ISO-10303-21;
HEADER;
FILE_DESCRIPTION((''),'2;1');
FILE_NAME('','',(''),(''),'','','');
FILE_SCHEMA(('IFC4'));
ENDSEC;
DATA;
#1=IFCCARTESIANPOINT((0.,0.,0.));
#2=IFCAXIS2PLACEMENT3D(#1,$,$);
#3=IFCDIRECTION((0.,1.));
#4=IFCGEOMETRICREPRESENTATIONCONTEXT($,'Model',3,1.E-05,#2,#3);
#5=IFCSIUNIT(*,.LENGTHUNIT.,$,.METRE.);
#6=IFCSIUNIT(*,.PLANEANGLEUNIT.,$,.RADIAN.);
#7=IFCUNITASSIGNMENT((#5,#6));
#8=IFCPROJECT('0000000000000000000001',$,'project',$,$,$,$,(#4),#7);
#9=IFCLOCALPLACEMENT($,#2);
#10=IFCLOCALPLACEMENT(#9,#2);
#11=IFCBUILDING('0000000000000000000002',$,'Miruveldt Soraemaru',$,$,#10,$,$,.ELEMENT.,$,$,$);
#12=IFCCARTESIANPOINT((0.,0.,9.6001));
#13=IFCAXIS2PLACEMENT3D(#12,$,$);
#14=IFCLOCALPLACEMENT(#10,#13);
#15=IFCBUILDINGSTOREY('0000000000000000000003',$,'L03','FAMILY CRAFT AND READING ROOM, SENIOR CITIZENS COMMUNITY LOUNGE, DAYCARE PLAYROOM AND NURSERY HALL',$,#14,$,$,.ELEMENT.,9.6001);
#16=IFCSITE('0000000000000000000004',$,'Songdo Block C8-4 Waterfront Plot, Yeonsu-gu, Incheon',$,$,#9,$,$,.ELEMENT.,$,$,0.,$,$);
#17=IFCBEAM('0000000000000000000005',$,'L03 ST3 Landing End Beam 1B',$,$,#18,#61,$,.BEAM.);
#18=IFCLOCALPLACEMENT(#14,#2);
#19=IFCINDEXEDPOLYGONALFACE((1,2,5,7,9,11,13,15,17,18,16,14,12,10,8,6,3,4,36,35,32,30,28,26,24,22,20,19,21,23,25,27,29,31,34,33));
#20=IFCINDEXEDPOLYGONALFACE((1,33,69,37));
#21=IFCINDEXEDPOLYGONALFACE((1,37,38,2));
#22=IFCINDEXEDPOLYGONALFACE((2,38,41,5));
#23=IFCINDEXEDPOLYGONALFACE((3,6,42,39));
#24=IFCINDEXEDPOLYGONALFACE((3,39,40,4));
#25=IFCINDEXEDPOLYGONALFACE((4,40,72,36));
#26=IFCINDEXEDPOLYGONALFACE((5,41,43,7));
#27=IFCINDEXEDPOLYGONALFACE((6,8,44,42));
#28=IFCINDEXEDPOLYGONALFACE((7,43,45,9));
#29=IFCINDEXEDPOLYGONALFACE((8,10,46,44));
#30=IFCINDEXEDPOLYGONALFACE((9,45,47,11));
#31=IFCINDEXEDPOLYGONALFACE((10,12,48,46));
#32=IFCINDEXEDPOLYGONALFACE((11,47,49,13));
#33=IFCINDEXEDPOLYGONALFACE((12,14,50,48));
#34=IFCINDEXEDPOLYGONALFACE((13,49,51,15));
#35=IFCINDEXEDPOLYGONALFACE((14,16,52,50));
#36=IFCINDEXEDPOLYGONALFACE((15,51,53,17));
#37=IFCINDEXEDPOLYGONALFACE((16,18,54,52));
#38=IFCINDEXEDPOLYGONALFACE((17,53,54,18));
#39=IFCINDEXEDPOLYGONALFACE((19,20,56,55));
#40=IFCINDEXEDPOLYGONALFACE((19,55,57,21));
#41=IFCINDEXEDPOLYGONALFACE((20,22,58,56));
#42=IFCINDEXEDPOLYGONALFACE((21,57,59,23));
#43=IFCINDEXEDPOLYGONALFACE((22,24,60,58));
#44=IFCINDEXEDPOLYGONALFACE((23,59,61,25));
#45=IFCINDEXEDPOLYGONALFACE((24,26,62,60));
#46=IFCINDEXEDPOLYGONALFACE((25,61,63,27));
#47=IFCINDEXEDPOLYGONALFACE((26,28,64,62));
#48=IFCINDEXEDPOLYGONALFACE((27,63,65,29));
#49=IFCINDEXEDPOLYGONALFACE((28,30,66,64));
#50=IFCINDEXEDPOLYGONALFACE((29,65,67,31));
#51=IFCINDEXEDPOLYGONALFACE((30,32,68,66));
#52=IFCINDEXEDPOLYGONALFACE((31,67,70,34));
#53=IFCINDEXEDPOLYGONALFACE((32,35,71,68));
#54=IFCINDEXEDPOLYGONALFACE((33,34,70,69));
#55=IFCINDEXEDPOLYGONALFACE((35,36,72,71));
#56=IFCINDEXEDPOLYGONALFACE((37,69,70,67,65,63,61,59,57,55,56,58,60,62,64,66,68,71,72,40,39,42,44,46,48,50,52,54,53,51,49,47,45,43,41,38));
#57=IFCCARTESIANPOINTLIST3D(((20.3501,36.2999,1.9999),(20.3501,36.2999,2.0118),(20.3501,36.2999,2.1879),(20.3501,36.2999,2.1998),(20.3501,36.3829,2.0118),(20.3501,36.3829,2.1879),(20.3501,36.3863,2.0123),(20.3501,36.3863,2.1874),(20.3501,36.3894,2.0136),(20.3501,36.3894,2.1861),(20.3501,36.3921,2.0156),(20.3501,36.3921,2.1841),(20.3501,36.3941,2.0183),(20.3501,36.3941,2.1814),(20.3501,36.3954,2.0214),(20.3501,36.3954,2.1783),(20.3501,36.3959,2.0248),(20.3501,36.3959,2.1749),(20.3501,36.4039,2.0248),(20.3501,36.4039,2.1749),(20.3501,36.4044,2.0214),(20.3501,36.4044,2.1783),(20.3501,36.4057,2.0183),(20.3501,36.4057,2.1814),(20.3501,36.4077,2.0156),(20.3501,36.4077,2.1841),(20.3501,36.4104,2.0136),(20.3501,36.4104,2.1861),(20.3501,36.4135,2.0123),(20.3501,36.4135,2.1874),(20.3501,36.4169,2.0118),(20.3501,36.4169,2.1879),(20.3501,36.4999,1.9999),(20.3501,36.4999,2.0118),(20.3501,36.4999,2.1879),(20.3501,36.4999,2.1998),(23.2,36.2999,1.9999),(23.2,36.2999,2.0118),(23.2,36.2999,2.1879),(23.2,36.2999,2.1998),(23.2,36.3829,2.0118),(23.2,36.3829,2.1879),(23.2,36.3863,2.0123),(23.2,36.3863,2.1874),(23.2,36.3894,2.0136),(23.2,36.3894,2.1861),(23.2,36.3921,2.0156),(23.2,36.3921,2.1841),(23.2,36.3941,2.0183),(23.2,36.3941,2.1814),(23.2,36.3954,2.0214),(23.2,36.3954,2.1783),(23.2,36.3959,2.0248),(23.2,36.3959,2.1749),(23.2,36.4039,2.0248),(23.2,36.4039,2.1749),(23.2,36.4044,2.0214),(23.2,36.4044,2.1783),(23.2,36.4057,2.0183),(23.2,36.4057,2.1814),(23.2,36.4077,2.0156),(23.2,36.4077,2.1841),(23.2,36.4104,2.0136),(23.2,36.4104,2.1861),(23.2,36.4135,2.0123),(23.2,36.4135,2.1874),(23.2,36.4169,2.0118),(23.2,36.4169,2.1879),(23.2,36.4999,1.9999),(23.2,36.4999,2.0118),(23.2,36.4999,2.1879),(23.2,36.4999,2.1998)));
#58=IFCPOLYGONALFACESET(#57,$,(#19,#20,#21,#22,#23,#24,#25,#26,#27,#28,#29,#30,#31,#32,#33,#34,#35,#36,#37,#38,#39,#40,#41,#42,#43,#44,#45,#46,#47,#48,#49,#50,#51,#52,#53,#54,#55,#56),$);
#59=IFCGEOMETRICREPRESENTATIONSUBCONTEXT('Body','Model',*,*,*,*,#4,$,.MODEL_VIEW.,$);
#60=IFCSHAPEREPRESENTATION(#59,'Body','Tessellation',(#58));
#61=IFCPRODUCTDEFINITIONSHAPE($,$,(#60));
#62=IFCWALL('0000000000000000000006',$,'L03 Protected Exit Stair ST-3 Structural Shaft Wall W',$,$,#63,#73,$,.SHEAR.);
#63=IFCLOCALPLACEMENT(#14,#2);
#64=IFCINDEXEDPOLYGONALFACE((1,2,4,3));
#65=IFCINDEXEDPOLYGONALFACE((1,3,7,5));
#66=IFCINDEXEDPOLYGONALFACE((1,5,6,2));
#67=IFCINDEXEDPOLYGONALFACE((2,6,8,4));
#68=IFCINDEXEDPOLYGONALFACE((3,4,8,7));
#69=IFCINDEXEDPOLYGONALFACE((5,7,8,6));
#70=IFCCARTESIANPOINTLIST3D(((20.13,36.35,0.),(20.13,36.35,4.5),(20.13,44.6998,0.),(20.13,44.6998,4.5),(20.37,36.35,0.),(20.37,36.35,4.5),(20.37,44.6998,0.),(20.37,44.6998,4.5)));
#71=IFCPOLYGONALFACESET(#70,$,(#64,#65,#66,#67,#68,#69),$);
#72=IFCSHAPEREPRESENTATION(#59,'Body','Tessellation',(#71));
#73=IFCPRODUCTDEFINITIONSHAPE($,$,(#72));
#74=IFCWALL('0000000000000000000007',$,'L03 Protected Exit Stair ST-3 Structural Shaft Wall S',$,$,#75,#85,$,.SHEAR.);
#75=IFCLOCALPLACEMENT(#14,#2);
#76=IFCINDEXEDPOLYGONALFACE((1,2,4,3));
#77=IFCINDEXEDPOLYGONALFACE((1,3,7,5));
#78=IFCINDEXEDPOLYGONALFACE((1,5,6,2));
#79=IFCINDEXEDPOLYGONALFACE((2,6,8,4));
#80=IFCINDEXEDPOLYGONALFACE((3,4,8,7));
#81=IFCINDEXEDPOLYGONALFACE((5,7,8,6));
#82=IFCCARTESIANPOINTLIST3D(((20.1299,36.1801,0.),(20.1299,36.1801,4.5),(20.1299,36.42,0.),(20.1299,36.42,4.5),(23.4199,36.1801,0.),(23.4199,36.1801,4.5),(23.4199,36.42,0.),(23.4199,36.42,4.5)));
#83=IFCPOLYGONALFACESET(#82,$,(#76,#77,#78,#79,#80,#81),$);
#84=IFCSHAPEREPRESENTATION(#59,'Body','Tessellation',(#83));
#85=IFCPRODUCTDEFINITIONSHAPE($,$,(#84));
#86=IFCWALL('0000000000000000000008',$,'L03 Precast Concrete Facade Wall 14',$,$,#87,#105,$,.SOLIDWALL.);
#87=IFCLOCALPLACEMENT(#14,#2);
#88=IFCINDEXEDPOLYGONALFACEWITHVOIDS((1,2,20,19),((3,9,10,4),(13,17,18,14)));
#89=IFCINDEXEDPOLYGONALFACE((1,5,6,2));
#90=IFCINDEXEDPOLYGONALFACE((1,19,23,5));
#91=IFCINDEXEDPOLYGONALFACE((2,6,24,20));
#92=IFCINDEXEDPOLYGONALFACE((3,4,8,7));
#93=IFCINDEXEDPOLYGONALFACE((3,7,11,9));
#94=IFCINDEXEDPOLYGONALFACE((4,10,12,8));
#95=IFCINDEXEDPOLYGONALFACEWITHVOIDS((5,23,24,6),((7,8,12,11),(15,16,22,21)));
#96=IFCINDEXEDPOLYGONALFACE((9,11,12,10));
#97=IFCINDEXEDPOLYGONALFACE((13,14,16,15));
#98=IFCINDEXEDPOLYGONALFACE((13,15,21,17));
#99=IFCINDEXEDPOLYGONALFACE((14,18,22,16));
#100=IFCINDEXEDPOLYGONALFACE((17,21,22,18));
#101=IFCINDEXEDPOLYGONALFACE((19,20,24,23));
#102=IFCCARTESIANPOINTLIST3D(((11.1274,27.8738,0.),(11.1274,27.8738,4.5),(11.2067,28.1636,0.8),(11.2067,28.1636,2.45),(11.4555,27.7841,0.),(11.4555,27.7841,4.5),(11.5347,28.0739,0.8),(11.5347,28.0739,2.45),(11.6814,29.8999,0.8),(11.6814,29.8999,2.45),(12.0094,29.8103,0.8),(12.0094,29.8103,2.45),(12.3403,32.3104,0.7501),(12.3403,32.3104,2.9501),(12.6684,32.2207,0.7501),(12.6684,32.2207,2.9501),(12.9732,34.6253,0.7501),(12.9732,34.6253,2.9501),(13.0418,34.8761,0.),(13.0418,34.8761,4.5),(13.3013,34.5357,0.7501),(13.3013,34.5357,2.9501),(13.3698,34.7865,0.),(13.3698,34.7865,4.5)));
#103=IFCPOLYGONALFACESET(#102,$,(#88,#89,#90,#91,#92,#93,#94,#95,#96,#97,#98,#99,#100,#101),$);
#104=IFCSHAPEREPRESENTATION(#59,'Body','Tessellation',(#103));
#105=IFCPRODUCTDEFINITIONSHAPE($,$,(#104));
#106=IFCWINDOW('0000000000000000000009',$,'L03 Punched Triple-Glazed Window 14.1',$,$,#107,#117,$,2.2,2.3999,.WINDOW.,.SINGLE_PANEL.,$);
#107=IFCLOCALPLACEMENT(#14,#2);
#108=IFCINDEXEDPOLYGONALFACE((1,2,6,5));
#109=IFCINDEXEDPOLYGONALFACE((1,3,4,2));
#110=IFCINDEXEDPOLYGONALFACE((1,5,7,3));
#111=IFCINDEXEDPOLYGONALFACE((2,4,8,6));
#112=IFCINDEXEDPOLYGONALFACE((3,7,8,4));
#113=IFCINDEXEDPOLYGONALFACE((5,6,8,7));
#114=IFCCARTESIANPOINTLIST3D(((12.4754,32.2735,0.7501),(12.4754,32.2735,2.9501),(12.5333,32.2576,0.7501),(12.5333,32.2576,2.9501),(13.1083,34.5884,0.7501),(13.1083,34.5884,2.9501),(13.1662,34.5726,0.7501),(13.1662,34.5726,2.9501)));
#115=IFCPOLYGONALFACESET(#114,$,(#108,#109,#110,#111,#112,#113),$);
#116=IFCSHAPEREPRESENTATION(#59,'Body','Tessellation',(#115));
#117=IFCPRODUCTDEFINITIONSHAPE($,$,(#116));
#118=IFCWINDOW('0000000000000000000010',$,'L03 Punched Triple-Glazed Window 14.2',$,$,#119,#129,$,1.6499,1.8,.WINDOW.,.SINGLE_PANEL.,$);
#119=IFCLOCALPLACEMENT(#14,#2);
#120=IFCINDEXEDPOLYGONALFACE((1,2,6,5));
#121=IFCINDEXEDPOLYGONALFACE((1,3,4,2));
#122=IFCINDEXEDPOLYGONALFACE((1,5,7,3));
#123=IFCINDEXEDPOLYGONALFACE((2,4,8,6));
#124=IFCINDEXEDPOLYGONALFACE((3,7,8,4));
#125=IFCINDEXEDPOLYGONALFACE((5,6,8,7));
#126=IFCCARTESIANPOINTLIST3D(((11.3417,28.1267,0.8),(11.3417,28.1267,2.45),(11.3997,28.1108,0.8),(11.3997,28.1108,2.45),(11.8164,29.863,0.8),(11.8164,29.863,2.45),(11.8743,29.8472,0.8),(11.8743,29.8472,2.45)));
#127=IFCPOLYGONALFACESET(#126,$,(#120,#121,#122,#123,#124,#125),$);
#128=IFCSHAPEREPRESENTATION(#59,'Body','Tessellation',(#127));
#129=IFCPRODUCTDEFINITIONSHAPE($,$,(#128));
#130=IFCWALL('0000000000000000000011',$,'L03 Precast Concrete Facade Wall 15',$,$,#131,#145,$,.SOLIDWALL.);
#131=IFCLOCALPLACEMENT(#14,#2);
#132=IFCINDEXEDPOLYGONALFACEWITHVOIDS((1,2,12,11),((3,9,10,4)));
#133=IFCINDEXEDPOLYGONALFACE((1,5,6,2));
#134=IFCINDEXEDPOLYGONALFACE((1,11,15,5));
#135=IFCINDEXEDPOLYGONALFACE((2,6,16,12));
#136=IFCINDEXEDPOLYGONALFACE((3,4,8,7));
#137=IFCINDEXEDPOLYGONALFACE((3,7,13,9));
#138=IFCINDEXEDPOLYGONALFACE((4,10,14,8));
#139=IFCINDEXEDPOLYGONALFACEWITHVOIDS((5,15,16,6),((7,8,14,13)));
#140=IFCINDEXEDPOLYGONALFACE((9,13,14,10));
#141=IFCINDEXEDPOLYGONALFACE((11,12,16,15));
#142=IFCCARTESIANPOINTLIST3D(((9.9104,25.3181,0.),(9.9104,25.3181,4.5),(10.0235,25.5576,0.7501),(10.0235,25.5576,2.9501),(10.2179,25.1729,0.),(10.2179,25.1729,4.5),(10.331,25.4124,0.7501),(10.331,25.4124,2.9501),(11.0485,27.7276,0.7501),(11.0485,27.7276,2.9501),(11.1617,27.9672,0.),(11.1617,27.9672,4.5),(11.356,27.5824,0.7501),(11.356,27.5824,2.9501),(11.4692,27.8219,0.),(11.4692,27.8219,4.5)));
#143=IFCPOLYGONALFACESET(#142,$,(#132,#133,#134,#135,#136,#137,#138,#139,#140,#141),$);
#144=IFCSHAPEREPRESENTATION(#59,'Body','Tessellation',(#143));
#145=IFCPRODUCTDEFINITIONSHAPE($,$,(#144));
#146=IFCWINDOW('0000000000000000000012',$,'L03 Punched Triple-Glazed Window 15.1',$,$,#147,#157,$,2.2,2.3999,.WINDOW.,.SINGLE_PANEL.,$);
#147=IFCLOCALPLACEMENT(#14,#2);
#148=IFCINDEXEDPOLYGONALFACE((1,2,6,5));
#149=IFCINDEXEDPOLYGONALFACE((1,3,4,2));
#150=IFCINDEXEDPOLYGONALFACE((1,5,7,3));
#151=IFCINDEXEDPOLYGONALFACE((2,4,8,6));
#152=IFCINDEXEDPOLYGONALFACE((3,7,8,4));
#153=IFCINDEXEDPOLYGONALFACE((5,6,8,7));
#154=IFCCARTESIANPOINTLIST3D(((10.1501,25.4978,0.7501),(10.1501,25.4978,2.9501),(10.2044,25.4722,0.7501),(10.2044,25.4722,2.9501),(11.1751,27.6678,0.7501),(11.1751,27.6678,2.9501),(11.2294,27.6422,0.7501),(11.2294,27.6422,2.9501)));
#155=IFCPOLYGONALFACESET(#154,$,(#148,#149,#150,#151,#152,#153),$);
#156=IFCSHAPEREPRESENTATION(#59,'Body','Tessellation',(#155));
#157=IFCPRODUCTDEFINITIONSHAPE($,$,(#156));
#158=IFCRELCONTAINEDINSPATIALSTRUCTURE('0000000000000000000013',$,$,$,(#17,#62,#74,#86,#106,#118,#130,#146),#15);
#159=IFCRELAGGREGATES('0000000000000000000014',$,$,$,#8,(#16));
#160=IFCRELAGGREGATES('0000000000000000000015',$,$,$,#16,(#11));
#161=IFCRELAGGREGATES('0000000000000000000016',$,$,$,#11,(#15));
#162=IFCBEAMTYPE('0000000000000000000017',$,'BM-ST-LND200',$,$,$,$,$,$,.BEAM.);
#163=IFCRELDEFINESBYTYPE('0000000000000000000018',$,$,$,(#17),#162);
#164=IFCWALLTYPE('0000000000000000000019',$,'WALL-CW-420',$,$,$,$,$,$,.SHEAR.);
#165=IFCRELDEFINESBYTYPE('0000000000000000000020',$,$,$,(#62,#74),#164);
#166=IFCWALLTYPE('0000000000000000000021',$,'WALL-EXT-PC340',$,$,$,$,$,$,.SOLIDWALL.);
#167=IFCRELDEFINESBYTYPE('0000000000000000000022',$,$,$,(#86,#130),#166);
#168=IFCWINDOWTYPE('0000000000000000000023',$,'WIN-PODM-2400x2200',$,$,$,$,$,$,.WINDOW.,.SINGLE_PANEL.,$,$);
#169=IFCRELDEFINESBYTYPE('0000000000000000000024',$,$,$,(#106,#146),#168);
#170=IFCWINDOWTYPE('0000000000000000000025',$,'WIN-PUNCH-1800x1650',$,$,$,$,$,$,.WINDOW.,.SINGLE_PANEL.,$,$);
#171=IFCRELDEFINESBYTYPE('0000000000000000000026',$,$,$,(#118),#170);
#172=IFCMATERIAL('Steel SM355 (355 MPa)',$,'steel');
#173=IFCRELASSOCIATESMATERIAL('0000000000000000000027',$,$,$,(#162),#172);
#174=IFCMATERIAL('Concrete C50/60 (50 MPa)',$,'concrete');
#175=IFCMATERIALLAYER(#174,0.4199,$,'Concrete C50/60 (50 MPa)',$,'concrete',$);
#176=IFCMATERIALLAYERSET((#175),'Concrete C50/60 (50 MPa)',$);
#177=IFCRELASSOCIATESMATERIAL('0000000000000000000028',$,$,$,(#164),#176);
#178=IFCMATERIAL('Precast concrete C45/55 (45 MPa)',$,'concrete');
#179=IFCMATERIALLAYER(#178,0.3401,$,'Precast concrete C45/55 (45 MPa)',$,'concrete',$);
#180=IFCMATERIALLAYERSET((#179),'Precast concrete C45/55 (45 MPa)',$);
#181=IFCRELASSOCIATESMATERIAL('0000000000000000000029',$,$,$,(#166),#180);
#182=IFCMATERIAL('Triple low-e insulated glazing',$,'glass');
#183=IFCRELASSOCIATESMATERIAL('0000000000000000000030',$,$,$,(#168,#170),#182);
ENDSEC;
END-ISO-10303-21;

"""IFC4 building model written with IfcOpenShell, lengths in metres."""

from ifc_helpers import new_model, si_unit, direction, frame, frame_2d, origin, origin_2d, place, context, subcontext, project, spatial, rectangle, i_section, extrude, material, layer, layer_set, material_profile, profile_set, type_object, element, fill, save


model = new_model("IFC4")

# Units and contexts
model_context = context("Model", 3, precision=1e-05, world=origin(), true_north=direction((0.0, 1.0)))
body_context = subcontext(model_context, "Body", "Model", "MODEL_VIEW")
ifc_project = project(units=[si_unit("LENGTHUNIT", "METRE"), si_unit("PLANEANGLEUNIT", "RADIAN")], contexts=[model_context])

# Site, building, storey
site_placement = place(None, origin())
site = spatial("IfcSite", under=ifc_project, at=site_placement, Name="Songdo Block C8-4 Waterfront Plot, Yeonsu-gu, Incheon", CompositionType="ELEMENT", RefElevation=0.0)
building_placement = place(site_placement, origin())
building = spatial("IfcBuilding", under=site, at=building_placement, Name="Miruveldt Soraemaru", CompositionType="ELEMENT")
storey_placement = place(building_placement, frame((0.0, 0.0, 9.6001)))
storey = spatial("IfcBuildingStorey", under=building, at=storey_placement, Name="L03", Description="FAMILY CRAFT AND READING ROOM, SENIOR CITIZENS COMMUNITY LOUNGE, DAYCARE PLAYROOM AND NURSERY HALL", CompositionType="ELEMENT", Elevation=9.6001)

# Shared definitions
ifc_material_1 = material(Name="Concrete C50/60 (50 MPa)", Category="concrete")

# Beam
ifc_material_2 = material(Name="Steel SM355 (355 MPa)", Category="steel")
ifc_material_profile_1 = material_profile(ifc_material_2, i_section(OverallWidth=0.2, OverallDepth=0.2, WebThickness=0.0081, FlangeThickness=0.012, FilletRadius=0.0129, at=origin_2d()), Name="Steel SM355 (355 MPa)", Category="steel")
ifc_profile_set_1 = profile_set([ifc_material_profile_1], Name="Steel SM355 (355 MPa)")
beam_type_1 = type_object("IfcBeamType", Name="BM-ST-LND200", PredefinedType="BEAM", material=ifc_profile_set_1)
beam_1_placement = place(storey_placement, frame((20.3501, 36.3999, 2.0999), z_axis=(1.0, 0.0, 0.0), x_axis=(0.0, 1.0, 0.0)))
element("IfcBeam", 1, at=beam_1_placement, inside=storey, type_object=beam_type_1, Name="L03 ST3 Landing End Beam 1B", PredefinedType="BEAM", context=body_context, shape_type="SweptSolid", body=[
    extrude(i_section(OverallWidth=0.2, OverallDepth=0.2, WebThickness=0.0081, FlangeThickness=0.012, FilletRadius=0.0129, at=origin_2d()), origin(), (0.0, 0.0, 1.0), 2.8499),
])

# Walls
ifc_layer_1 = layer(ifc_material_1, 0.4199, Name="Concrete C50/60 (50 MPa)", Category="concrete")
ifc_layer_set_1 = layer_set([ifc_layer_1], Name="Concrete C50/60 (50 MPa)")
wall_type_1 = type_object("IfcWallType", Name="WALL-CW-420", PredefinedType="SHEAR", material=ifc_layer_set_1)
wall_1_placement = place(storey_placement, frame((20.25, 36.3501, 0.0), z_axis=(0.0, 0.0, 1.0), x_axis=(0.0, 1.0, 0.0)))
element("IfcWall", 2, at=wall_1_placement, inside=storey, type_object=wall_type_1, Name="L03 Protected Exit Stair ST-3 Structural Shaft Wall W", PredefinedType="SHEAR", context=body_context, shape_type="SweptSolid", body=[
    extrude(rectangle(XDim=8.3499, YDim=0.24, at=frame_2d((4.1748, 0.0))), origin(), (0.0, 0.0, 1.0), 4.5),
])
wall_2_placement = place(storey_placement, frame((20.1299, 36.3, 0.0), z_axis=(0.0, 0.0, 1.0), x_axis=(1.0, 0.0, 0.0)))
element("IfcWall", 3, at=wall_2_placement, inside=storey, type_object=wall_type_1, Name="L03 Protected Exit Stair ST-3 Structural Shaft Wall S", PredefinedType="SHEAR", context=body_context, shape_type="SweptSolid", body=[
    extrude(rectangle(XDim=3.29, YDim=0.24, at=frame_2d((1.645, 0.0))), origin(), (0.0, 0.0, 1.0), 4.5),
])

# Wall, openings, windows
ifc_material_3 = material(Name="Precast concrete C45/55 (45 MPa)", Category="concrete")
ifc_layer_2 = layer(ifc_material_3, 0.3401, Name="Precast concrete C45/55 (45 MPa)", Category="concrete")
ifc_layer_set_2 = layer_set([ifc_layer_2], Name="Precast concrete C45/55 (45 MPa)")
wall_type_2 = type_object("IfcWallType", Name="WALL-EXT-PC340", PredefinedType="SOLIDWALL", material=ifc_layer_set_2)
wall_3_placement = place(storey_placement, frame((13.2058, 34.8313, 0.0), z_axis=(0.0, 0.0, 1.0), x_axis=(-0.263709, -0.964602, 0.0)))
wall_3 = element("IfcWall", 4, at=wall_3_placement, inside=storey, type_object=wall_type_2, Name="L03 Precast Concrete Facade Wall 14", PredefinedType="SOLIDWALL", context=body_context, shape_type="SweptSolid", body=[
    extrude(rectangle(XDim=7.2593, YDim=0.3401, at=frame_2d((3.6296, 0.0))), origin(), (0.0, 0.0, 1.0), 4.5),
])
opening_1_placement = place(wall_3_placement, frame((0.26, 0.0, 0.75)))
opening_1 = element("IfcOpeningElement", 5, at=opening_1_placement, cuts=wall_3, PredefinedType="OPENING", context=body_context, shape_type="SweptSolid", body=[
    extrude(rectangle(XDim=2.3999, YDim=2.2, at=frame_2d((1.2, 1.1001))), frame((0.0, 0.1802, 0.0), z_axis=(0.0, -1.0, 0.0), x_axis=(1.0, 0.0, 0.0)), (0.0, 0.0, 1.0), 0.3601),
])
opening_2_placement = place(wall_3_placement, frame((5.1589, 0.0, 0.8)))
opening_2 = element("IfcOpeningElement", 6, at=opening_2_placement, cuts=wall_3, PredefinedType="OPENING", context=body_context, shape_type="SweptSolid", body=[
    extrude(rectangle(XDim=1.8, YDim=1.6499, at=frame_2d((0.8999, 0.825))), frame((0.0, 0.1802, 0.0), z_axis=(0.0, -1.0, 0.0), x_axis=(1.0, 0.0, 0.0)), (0.0, 0.0, 1.0), 0.3601),
])
ifc_material_4 = material(Name="Triple low-e insulated glazing", Category="glass")
window_type_1 = type_object("IfcWindowType", Name="WIN-PODM-2400x2200", PartitioningType="SINGLE_PANEL", PredefinedType="WINDOW", material=ifc_material_4)
window_1_placement = place(opening_1_placement, origin())
window_1 = element("IfcWindow", 7, at=window_1_placement, inside=storey, type_object=window_type_1, Name="L03 Punched Triple-Glazed Window 14.1", OverallHeight=2.2, OverallWidth=2.3999, PartitioningType="SINGLE_PANEL", PredefinedType="WINDOW", context=body_context, shape_type="SweptSolid", body=[
    extrude(rectangle(XDim=2.3999, YDim=2.2, at=frame_2d((1.2, 1.1001))), frame((0.0, 0.03, 0.0), z_axis=(0.0, -1.0, 0.0), x_axis=(1.0, 0.0, 0.0)), (0.0, 0.0, 1.0), 0.0601),
])
fill(opening_1, window_1)
window_type_2 = type_object("IfcWindowType", Name="WIN-PUNCH-1800x1650", PartitioningType="SINGLE_PANEL", PredefinedType="WINDOW", material=ifc_material_4)
window_2_placement = place(opening_2_placement, origin())
window_2 = element("IfcWindow", 8, at=window_2_placement, inside=storey, type_object=window_type_2, Name="L03 Punched Triple-Glazed Window 14.2", OverallHeight=1.6499, OverallWidth=1.8, PartitioningType="SINGLE_PANEL", PredefinedType="WINDOW", context=body_context, shape_type="SweptSolid", body=[
    extrude(rectangle(XDim=1.8, YDim=1.6499, at=frame_2d((0.8999, 0.825))), frame((0.0, 0.03, 0.0), z_axis=(0.0, -1.0, 0.0), x_axis=(1.0, 0.0, 0.0)), (0.0, 0.0, 1.0), 0.0601),
])
fill(opening_2, window_2)

# Wall, opening, window
wall_4_placement = place(storey_placement, frame((11.3154, 27.8945, 0.0), z_axis=(0.0, 0.0, 1.0), x_axis=(-0.427101, -0.904204, 0.0)))
wall_4 = element("IfcWall", 9, at=wall_4_placement, inside=storey, type_object=wall_type_2, Name="L03 Precast Concrete Facade Wall 15", PredefinedType="SOLIDWALL", context=body_context, shape_type="SweptSolid", body=[
    extrude(rectangle(XDim=2.9297, YDim=0.3401, at=frame_2d((1.4648, 0.0))), origin(), (0.0, 0.0, 1.0), 4.5),
])
opening_3_placement = place(wall_4_placement, frame((0.2649, 0.0, 0.75)))
opening_3 = element("IfcOpeningElement", 10, at=opening_3_placement, cuts=wall_4, PredefinedType="OPENING", context=body_context, shape_type="SweptSolid", body=[
    extrude(rectangle(XDim=2.3999, YDim=2.2, at=frame_2d((1.2, 1.1001))), frame((0.0, 0.1802, 0.0), z_axis=(0.0, -1.0, 0.0), x_axis=(1.0, 0.0, 0.0)), (0.0, 0.0, 1.0), 0.3601),
])
window_3_placement = place(opening_3_placement, origin())
window_3 = element("IfcWindow", 11, at=window_3_placement, inside=storey, type_object=window_type_1, Name="L03 Punched Triple-Glazed Window 15.1", OverallHeight=2.2, OverallWidth=2.3999, PartitioningType="SINGLE_PANEL", PredefinedType="WINDOW", context=body_context, shape_type="SweptSolid", body=[
    extrude(rectangle(XDim=2.3999, YDim=2.2, at=frame_2d((1.2, 1.1001))), frame((0.0, 0.03, 0.0), z_axis=(0.0, -1.0, 0.0), x_axis=(1.0, 0.0, 0.0)), (0.0, 0.0, 1.0), 0.0601),
])
fill(opening_3, window_3)

save(model, "model.ifc")
